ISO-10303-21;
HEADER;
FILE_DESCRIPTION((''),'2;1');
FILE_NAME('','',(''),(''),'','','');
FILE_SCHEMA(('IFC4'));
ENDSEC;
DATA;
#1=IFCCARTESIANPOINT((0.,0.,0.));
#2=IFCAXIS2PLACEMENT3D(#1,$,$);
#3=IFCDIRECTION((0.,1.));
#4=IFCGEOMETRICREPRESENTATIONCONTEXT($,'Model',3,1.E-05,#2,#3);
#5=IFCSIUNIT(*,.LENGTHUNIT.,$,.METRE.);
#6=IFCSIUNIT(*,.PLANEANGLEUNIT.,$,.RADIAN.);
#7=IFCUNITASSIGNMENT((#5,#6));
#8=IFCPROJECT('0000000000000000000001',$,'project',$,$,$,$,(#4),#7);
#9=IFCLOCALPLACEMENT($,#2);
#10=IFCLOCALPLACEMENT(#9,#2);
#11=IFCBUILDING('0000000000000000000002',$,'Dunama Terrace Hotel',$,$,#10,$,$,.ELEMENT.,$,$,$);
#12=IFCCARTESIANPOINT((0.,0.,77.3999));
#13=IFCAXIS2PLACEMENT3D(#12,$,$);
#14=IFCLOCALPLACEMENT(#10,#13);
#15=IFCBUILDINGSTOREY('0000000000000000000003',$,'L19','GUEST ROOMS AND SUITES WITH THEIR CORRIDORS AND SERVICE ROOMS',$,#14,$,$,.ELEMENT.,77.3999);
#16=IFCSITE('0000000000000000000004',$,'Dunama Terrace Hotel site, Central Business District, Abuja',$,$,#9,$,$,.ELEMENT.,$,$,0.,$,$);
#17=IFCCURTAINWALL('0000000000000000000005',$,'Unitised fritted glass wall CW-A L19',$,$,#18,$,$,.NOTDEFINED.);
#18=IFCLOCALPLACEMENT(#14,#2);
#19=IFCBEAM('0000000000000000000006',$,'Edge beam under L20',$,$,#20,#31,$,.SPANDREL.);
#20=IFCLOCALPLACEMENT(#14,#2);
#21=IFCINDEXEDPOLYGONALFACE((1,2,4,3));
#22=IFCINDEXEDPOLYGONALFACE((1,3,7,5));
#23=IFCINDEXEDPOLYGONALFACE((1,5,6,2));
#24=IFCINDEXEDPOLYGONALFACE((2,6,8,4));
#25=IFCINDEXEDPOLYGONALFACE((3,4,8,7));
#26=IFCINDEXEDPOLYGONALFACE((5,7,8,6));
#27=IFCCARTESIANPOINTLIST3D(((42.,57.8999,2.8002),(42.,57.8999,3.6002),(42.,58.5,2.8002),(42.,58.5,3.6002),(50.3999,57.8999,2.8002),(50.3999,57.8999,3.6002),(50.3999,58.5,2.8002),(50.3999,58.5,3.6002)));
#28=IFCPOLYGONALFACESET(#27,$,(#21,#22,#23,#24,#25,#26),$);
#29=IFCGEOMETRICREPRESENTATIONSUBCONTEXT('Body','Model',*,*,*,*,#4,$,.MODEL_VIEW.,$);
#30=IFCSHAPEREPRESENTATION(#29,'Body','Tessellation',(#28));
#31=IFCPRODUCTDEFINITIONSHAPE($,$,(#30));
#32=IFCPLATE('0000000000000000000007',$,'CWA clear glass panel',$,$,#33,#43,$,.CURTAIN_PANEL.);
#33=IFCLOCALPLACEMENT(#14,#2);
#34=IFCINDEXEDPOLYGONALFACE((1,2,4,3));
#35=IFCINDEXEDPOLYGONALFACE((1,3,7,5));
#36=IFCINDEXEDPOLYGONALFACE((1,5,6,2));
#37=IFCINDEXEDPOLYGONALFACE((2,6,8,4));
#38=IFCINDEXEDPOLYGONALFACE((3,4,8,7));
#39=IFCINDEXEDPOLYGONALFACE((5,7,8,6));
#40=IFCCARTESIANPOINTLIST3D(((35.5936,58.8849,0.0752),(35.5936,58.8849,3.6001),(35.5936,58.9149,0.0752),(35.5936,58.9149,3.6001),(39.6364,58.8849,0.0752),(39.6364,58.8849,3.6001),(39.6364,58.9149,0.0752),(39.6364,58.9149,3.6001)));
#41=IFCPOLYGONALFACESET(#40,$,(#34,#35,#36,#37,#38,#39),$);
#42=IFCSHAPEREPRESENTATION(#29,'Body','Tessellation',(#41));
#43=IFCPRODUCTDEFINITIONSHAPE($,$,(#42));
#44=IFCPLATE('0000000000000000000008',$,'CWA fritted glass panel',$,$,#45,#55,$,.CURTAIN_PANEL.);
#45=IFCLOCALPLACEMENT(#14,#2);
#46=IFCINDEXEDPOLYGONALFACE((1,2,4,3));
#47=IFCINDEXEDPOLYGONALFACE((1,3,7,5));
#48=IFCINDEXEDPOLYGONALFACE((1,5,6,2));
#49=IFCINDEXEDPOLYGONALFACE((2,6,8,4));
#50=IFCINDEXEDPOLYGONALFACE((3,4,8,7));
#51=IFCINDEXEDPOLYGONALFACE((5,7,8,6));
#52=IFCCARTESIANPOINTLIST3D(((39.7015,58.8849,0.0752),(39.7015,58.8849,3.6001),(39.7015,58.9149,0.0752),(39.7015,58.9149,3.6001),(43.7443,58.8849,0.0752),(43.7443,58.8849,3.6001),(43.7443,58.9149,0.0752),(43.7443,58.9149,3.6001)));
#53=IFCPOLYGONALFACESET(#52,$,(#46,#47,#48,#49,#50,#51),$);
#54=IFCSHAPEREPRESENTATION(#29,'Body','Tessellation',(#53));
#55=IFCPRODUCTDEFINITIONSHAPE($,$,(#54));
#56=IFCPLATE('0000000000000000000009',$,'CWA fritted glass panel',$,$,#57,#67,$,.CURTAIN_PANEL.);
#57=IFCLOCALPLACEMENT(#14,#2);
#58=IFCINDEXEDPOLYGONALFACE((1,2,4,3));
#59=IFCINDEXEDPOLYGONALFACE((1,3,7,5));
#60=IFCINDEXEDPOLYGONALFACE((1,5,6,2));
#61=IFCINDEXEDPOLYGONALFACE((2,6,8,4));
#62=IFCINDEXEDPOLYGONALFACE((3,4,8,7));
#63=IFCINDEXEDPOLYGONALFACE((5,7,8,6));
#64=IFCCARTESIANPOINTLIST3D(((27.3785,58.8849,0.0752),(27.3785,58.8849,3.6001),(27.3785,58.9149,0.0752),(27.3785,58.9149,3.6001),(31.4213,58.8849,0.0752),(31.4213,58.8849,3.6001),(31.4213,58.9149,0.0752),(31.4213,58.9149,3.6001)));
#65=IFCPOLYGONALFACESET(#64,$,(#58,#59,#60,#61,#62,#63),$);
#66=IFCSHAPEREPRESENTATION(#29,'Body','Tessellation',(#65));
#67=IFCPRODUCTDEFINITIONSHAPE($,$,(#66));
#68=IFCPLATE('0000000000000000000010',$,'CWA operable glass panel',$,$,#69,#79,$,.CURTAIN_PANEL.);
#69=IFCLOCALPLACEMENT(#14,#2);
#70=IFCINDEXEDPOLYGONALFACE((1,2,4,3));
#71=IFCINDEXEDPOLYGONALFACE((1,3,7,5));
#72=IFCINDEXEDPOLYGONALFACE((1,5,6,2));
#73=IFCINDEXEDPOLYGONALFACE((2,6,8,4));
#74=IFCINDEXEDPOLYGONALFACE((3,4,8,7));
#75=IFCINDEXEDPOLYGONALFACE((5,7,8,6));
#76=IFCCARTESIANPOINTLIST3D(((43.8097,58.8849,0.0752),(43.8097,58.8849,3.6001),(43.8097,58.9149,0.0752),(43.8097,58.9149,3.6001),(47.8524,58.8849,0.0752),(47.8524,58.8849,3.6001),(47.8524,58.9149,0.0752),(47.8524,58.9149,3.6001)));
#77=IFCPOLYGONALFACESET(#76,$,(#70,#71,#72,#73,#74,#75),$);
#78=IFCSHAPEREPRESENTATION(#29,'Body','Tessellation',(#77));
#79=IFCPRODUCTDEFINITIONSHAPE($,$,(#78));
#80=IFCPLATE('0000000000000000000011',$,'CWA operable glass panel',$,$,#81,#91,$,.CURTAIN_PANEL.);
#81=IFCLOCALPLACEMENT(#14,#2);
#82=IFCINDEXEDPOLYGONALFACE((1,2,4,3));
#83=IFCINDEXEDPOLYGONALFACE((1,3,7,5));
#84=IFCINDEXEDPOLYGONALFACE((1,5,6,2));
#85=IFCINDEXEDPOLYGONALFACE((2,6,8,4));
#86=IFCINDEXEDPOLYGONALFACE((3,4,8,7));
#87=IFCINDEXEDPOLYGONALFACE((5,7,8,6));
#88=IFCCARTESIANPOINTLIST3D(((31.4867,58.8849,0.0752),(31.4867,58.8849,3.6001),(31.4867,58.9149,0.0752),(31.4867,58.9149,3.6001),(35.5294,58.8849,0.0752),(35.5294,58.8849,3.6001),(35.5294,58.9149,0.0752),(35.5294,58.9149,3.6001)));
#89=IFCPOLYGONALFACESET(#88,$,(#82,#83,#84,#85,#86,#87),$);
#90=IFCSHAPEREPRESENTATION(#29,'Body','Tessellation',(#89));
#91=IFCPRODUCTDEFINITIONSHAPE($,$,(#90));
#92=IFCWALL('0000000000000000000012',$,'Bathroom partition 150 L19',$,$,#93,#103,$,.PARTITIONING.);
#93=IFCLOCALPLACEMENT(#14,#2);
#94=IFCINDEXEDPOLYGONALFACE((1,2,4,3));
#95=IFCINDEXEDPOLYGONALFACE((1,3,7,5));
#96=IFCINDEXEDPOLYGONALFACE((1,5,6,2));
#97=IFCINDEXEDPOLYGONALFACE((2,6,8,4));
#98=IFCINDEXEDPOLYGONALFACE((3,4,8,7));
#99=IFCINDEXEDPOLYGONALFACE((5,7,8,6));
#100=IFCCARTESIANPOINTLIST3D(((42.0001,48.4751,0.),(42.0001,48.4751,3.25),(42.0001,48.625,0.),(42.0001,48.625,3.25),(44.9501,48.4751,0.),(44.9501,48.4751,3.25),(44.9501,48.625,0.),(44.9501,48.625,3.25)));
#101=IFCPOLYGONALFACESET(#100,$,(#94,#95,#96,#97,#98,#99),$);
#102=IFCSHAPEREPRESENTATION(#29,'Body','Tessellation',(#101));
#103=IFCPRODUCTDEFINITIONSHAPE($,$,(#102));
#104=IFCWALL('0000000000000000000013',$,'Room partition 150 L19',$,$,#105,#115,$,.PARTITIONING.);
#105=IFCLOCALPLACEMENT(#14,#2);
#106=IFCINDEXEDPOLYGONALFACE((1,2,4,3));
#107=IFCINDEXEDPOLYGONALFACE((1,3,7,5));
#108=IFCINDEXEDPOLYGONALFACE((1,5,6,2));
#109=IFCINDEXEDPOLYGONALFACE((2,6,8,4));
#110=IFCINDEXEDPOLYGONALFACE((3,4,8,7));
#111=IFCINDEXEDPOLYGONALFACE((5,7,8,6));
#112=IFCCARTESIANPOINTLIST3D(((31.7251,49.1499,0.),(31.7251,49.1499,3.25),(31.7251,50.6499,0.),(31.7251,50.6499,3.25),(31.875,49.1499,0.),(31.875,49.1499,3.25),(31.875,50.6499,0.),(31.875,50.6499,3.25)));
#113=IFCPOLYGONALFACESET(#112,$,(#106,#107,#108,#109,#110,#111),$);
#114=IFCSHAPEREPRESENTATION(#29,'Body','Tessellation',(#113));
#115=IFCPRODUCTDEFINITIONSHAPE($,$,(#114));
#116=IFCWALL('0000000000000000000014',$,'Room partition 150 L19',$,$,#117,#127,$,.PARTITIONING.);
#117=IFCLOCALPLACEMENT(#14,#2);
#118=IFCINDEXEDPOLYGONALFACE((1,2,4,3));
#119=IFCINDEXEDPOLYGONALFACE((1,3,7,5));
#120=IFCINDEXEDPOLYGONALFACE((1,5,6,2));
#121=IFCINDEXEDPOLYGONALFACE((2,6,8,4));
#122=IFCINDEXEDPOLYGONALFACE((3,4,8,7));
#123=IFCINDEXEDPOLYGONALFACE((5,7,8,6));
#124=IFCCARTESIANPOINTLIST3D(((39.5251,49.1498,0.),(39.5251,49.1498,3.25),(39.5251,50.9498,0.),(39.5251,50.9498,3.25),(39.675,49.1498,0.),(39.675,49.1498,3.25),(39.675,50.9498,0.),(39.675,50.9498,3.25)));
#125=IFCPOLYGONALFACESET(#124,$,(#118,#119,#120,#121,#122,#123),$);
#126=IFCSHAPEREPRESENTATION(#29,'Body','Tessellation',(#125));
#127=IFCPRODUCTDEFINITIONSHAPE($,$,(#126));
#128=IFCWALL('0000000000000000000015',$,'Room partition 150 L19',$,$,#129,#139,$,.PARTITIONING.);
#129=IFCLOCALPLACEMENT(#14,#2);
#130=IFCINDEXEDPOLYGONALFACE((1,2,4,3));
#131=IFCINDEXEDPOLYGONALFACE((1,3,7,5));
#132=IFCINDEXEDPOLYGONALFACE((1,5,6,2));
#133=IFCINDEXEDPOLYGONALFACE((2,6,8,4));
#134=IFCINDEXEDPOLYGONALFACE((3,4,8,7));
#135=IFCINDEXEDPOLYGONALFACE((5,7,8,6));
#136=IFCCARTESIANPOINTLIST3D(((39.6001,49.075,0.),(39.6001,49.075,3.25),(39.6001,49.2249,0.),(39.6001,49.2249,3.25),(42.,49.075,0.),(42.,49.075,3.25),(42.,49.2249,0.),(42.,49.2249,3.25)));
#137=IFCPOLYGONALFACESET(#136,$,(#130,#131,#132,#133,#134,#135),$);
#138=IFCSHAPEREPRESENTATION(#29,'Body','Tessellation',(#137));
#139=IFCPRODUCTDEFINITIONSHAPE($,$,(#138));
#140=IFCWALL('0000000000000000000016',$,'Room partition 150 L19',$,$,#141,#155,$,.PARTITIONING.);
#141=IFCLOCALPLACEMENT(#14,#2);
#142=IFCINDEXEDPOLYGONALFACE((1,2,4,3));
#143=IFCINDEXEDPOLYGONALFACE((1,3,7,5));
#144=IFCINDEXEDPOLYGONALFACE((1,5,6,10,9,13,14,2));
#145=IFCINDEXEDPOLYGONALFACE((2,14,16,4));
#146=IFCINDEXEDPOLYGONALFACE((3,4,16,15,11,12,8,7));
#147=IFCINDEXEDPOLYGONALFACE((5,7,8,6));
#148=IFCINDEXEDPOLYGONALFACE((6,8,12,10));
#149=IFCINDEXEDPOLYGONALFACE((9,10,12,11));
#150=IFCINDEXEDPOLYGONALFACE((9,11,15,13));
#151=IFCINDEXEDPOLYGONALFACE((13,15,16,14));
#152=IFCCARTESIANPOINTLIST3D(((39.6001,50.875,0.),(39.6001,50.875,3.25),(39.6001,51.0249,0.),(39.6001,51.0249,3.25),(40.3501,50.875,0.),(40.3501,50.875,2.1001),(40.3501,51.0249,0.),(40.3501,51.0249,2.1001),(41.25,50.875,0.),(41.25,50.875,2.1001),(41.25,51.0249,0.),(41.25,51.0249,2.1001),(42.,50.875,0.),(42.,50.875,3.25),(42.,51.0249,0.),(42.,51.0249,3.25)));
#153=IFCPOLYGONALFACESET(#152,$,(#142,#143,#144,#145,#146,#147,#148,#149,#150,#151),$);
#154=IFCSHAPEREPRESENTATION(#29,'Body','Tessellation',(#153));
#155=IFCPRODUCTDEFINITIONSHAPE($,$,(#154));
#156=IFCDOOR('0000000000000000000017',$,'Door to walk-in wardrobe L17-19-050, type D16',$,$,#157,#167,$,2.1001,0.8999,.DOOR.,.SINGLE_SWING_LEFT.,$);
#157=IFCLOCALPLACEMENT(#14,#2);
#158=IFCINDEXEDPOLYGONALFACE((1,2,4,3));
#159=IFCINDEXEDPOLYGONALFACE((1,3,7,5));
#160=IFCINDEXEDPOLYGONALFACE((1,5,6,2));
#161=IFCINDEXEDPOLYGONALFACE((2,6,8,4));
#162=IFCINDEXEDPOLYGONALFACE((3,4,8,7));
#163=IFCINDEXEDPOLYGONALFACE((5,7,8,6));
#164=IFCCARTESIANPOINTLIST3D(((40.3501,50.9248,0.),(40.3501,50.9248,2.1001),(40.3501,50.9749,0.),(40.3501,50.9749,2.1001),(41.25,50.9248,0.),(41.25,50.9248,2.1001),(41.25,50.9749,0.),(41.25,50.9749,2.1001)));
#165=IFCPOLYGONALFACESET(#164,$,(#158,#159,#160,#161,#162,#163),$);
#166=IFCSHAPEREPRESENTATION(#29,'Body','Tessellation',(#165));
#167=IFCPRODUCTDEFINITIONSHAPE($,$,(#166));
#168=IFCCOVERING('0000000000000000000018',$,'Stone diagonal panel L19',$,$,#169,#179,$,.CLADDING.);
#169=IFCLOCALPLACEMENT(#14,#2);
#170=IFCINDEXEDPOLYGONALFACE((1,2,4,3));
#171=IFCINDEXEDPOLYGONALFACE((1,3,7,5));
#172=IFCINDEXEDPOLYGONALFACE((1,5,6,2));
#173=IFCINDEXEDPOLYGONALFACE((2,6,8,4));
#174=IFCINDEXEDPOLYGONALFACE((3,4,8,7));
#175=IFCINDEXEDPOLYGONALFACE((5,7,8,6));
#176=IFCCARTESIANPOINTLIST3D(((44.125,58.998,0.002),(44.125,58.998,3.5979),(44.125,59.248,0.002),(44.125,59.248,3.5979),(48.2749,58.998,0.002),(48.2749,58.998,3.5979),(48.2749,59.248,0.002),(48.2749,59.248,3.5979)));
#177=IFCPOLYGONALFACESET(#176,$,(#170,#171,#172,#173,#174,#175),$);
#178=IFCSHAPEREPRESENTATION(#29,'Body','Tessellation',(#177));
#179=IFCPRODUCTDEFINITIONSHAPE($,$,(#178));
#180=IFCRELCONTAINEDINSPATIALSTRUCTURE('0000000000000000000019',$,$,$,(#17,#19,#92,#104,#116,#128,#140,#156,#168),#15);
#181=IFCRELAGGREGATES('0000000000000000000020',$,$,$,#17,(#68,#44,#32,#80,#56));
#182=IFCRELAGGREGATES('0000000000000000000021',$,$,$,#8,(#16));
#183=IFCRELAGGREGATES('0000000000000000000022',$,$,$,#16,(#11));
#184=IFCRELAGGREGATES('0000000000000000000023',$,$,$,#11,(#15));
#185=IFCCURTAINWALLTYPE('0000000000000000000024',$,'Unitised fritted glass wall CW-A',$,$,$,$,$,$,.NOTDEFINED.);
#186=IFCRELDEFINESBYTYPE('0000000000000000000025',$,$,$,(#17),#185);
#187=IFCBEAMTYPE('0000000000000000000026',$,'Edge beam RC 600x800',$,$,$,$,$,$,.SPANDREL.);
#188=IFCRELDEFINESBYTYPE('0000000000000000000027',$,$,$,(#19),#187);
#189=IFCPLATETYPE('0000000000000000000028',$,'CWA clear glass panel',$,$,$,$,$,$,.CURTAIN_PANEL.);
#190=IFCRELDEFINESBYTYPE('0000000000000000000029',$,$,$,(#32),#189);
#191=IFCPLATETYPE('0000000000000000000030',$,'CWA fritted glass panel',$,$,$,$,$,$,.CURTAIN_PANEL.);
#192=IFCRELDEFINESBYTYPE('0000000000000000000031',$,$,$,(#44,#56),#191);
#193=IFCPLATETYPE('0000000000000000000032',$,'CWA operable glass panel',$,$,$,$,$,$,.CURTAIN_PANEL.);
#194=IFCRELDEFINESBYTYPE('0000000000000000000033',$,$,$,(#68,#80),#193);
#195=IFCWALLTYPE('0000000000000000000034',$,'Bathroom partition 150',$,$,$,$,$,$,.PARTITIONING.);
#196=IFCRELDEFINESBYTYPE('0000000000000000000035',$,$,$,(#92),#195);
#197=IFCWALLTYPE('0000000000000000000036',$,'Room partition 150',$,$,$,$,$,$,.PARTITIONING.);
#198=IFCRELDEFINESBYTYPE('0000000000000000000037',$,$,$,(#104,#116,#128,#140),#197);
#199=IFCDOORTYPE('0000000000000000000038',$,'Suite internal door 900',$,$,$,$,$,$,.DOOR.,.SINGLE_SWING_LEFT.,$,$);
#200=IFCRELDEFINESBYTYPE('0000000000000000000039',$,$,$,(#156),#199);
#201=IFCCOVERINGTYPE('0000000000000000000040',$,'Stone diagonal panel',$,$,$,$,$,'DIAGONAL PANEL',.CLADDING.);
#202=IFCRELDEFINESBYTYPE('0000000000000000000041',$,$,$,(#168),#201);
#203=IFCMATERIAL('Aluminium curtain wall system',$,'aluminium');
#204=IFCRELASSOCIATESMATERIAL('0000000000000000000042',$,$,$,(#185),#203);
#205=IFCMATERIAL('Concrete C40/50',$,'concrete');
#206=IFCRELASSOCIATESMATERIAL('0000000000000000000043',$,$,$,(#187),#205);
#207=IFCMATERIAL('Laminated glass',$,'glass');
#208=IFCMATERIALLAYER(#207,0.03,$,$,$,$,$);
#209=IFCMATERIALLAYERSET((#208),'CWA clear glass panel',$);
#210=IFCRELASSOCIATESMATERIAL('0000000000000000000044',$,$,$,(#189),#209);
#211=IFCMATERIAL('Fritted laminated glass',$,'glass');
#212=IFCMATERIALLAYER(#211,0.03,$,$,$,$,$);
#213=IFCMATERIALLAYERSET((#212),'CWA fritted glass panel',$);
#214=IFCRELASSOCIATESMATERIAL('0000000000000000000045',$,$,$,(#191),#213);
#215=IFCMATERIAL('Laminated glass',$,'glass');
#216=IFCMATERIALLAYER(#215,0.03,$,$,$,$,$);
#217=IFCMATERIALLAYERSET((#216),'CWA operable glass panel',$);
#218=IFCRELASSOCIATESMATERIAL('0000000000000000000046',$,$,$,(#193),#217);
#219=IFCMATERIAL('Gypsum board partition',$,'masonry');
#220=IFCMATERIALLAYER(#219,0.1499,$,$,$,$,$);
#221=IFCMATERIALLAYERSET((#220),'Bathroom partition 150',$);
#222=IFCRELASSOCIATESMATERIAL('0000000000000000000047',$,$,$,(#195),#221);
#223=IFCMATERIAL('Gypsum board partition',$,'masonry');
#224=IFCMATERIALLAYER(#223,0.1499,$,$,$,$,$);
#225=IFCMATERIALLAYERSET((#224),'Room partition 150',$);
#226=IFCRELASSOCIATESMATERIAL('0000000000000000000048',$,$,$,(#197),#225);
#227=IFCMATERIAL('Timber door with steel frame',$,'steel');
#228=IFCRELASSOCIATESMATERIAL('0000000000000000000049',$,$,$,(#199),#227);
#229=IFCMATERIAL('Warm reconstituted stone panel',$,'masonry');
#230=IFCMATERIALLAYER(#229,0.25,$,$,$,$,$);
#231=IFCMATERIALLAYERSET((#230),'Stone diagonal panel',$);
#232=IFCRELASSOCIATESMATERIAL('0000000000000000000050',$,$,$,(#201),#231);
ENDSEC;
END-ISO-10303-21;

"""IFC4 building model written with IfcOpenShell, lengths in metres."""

from ifc_helpers import new_model, si_unit, direction, frame, frame_2d, origin, origin_2d, place, context, subcontext, project, spatial, rectangle, extrude, material, layer, layer_set, material_profile, profile_set, type_object, element, fill, aggregate, save


model = new_model("IFC4")

# Units and contexts
model_context = context("Model", 3, precision=1e-05, world=origin(), true_north=direction((0.0, 1.0)))
body_context = subcontext(model_context, "Body", "Model", "MODEL_VIEW")
ifc_project = project(units=[si_unit("LENGTHUNIT", "METRE"), si_unit("PLANEANGLEUNIT", "RADIAN")], contexts=[model_context])

# Site, building, storey
site_placement = place(None, origin())
site = spatial("IfcSite", under=ifc_project, at=site_placement, Name="Dunama Terrace Hotel site, Central Business District, Abuja", CompositionType="ELEMENT", RefElevation=0.0)
building_placement = place(site_placement, origin())
building = spatial("IfcBuilding", under=site, at=building_placement, Name="Dunama Terrace Hotel", CompositionType="ELEMENT")
storey_placement = place(building_placement, frame((0.0, 0.0, 77.3999)))
storey = spatial("IfcBuildingStorey", under=building, at=storey_placement, Name="L19", Description="GUEST ROOMS AND SUITES WITH THEIR CORRIDORS AND SERVICE ROOMS", CompositionType="ELEMENT", Elevation=77.3999)

# Curtain wall
ifc_material_1 = material(Name="Aluminium curtain wall system", Category="aluminium")
curtain_wall_type = type_object("IfcCurtainWallType", Name="Unitised fritted glass wall CW-A", PredefinedType="NOTDEFINED", material=ifc_material_1)
curtain_wall_placement = place(storey_placement, origin())
curtain_wall = element("IfcCurtainWall", 1, at=curtain_wall_placement, inside=storey, type_object=curtain_wall_type, Name="Unitised fritted glass wall CW-A L19", PredefinedType="NOTDEFINED")

# Beam
ifc_material_2 = material(Name="Concrete C40/50", Category="concrete")
ifc_material_profile_1 = material_profile(ifc_material_2, rectangle(XDim=0.6001, YDim=0.8, at=origin_2d()), Name="RC 600x800")
ifc_profile_set_1 = profile_set([ifc_material_profile_1], Name="Concrete C40/50")
beam_type = type_object("IfcBeamType", Name="Edge beam RC 600x800", PredefinedType="SPANDREL", material=ifc_profile_set_1)
for number, where, z_axis, x_axis, name in (
    (2, (42.0, 58.2, 3.2002), (1.0, 0.0, 0.0), (0.0, 1.0, 0.0), "Edge beam under L20"),
):
    element("IfcBeam", number, at=place(storey_placement, frame(where, z_axis=z_axis, x_axis=x_axis)), inside=storey, type_object=beam_type, Name=name, PredefinedType="SPANDREL", context=body_context, shape_type="SweptSolid", body=[
        extrude(rectangle(XDim=0.6001, YDim=0.8, at=origin_2d()), origin(), (0.0, 0.0, 1.0), 8.3999),
    ])

# Plates
ifc_material_3 = material(Name="Laminated glass", Category="glass")
ifc_layer_1 = layer(ifc_material_3, 0.03)
ifc_layer_set_1 = layer_set([ifc_layer_1], Name="CWA clear glass panel")
plate_type_1 = type_object("IfcPlateType", Name="CWA clear glass panel", PredefinedType="CURTAIN_PANEL", material=ifc_layer_set_1)
plate_1_placement = place(storey_placement, frame((37.615, 58.8999, 0.0752), z_axis=(0.0, 0.0, 1.0), x_axis=(-1.0, 0.0, 0.0)))
plate_1 = element("IfcPlate", 3, at=plate_1_placement, type_object=plate_type_1, Name="CWA clear glass panel", PredefinedType="CURTAIN_PANEL", context=body_context, shape_type="SweptSolid", body=[
    extrude(rectangle(XDim=4.0427, YDim=0.03, at=origin_2d()), origin(), (0.0, 0.0, 1.0), 3.5249),
])
ifc_material_4 = material(Name="Fritted laminated glass", Category="glass")
ifc_layer_2 = layer(ifc_material_4, 0.03)
ifc_layer_set_2 = layer_set([ifc_layer_2], Name="CWA fritted glass panel")
plate_type_2 = type_object("IfcPlateType", Name="CWA fritted glass panel", PredefinedType="CURTAIN_PANEL", material=ifc_layer_set_2)
plate_2_placement = place(storey_placement, frame((41.7229, 58.8999, 0.0752), z_axis=(0.0, 0.0, 1.0), x_axis=(-1.0, 0.0, 0.0)))
plate_2 = element("IfcPlate", 4, at=plate_2_placement, type_object=plate_type_2, Name="CWA fritted glass panel", PredefinedType="CURTAIN_PANEL", context=body_context, shape_type="SweptSolid", body=[
    extrude(rectangle(XDim=4.0427, YDim=0.03, at=origin_2d()), origin(), (0.0, 0.0, 1.0), 3.5249),
])
plate_3_placement = place(storey_placement, frame((29.3999, 58.8999, 0.0752), z_axis=(0.0, 0.0, 1.0), x_axis=(-1.0, 0.0, 0.0)))
plate_3 = element("IfcPlate", 5, at=plate_3_placement, type_object=plate_type_2, Name="CWA fritted glass panel", PredefinedType="CURTAIN_PANEL", context=body_context, shape_type="SweptSolid", body=[
    extrude(rectangle(XDim=4.0427, YDim=0.03, at=origin_2d()), origin(), (0.0, 0.0, 1.0), 3.5249),
])
ifc_material_5 = material(Name="Laminated glass", Category="glass")
ifc_layer_3 = layer(ifc_material_5, 0.03)
ifc_layer_set_3 = layer_set([ifc_layer_3], Name="CWA operable glass panel")
plate_type_3 = type_object("IfcPlateType", Name="CWA operable glass panel", PredefinedType="CURTAIN_PANEL", material=ifc_layer_set_3)
plate_4_placement = place(storey_placement, frame((45.8311, 58.8999, 0.0752), z_axis=(0.0, 0.0, 1.0), x_axis=(-1.0, 0.0, 0.0)))
plate_4 = element("IfcPlate", 6, at=plate_4_placement, type_object=plate_type_3, Name="CWA operable glass panel", PredefinedType="CURTAIN_PANEL", context=body_context, shape_type="SweptSolid", body=[
    extrude(rectangle(XDim=4.0427, YDim=0.03, at=origin_2d()), origin(), (0.0, 0.0, 1.0), 3.5249),
])
plate_5_placement = place(storey_placement, frame((33.5081, 58.8999, 0.0752), z_axis=(0.0, 0.0, 1.0), x_axis=(-1.0, 0.0, 0.0)))
plate_5 = element("IfcPlate", 7, at=plate_5_placement, type_object=plate_type_3, Name="CWA operable glass panel", PredefinedType="CURTAIN_PANEL", context=body_context, shape_type="SweptSolid", body=[
    extrude(rectangle(XDim=4.0427, YDim=0.03, at=origin_2d()), origin(), (0.0, 0.0, 1.0), 3.5249),
])
aggregate(curtain_wall, [plate_4, plate_2, plate_1, plate_5, plate_3])

# Walls
ifc_material_6 = material(Name="Gypsum board partition", Category="masonry")
ifc_layer_4 = layer(ifc_material_6, 0.1499)
ifc_layer_set_4 = layer_set([ifc_layer_4], Name="Bathroom partition 150")
wall_type_1 = type_object("IfcWallType", Name="Bathroom partition 150", PredefinedType="PARTITIONING", material=ifc_layer_set_4)
wall_1_placement = place(storey_placement, frame((42.0, 48.55, 0.0), z_axis=(0.0, 0.0, 1.0), x_axis=(1.0, 0.0, 0.0)))
element("IfcWall", 8, at=wall_1_placement, inside=storey, type_object=wall_type_1, Name="Bathroom partition 150 L19", PredefinedType="PARTITIONING", context=body_context, shape_type="SweptSolid", body=[
    extrude(rectangle(XDim=2.95, YDim=0.1499, at=frame_2d((1.4751, 0.0))), origin(), (0.0, 0.0, 1.0), 3.25),
])
ifc_material_7 = material(Name="Gypsum board partition", Category="masonry")
ifc_layer_5 = layer(ifc_material_7, 0.1499)
ifc_layer_set_5 = layer_set([ifc_layer_5], Name="Room partition 150")
wall_type_2 = type_object("IfcWallType", Name="Room partition 150", PredefinedType="PARTITIONING", material=ifc_layer_set_5)
wall_2_placement = place(storey_placement, frame((31.8, 49.1499, 0.0), z_axis=(0.0, 0.0, 1.0), x_axis=(0.0, 1.0, 0.0)))
element("IfcWall", 9, at=wall_2_placement, inside=storey, type_object=wall_type_2, Name="Room partition 150 L19", PredefinedType="PARTITIONING", context=body_context, shape_type="SweptSolid", body=[
    extrude(rectangle(XDim=1.5, YDim=0.1499, at=frame_2d((0.75, 0.0))), origin(), (0.0, 0.0, 1.0), 3.25),
])
wall_3_placement = place(storey_placement, frame((39.6001, 49.1499, 0.0), z_axis=(0.0, 0.0, 1.0), x_axis=(0.0, 1.0, 0.0)))
element("IfcWall", 10, at=wall_3_placement, inside=storey, type_object=wall_type_2, Name="Room partition 150 L19", PredefinedType="PARTITIONING", context=body_context, shape_type="SweptSolid", body=[
    extrude(rectangle(XDim=1.8, YDim=0.1499, at=frame_2d((0.8999, 0.0))), origin(), (0.0, 0.0, 1.0), 3.25),
])
wall_4_placement = place(storey_placement, frame((39.6001, 49.1499, 0.0), z_axis=(0.0, 0.0, 1.0), x_axis=(1.0, 0.0, 0.0)))
element("IfcWall", 11, at=wall_4_placement, inside=storey, type_object=wall_type_2, Name="Room partition 150 L19", PredefinedType="PARTITIONING", context=body_context, shape_type="SweptSolid", body=[
    extrude(rectangle(XDim=2.3999, YDim=0.1499, at=frame_2d((1.2, 0.0))), origin(), (0.0, 0.0, 1.0), 3.25),
])

# Wall, opening, door
wall_5_placement = place(storey_placement, frame((39.6001, 50.95, 0.0), z_axis=(0.0, 0.0, 1.0), x_axis=(1.0, 0.0, 0.0)))
wall_5 = element("IfcWall", 12, at=wall_5_placement, inside=storey, type_object=wall_type_2, Name="Room partition 150 L19", PredefinedType="PARTITIONING", context=body_context, shape_type="SweptSolid", body=[
    extrude(rectangle(XDim=2.3999, YDim=0.1499, at=frame_2d((1.2, 0.0))), origin(), (0.0, 0.0, 1.0), 3.25),
])
opening_placement = place(wall_5_placement, frame((0.75, 0.0, 0.0)))
opening = element("IfcOpeningElement", 13, at=opening_placement, cuts=wall_5, PredefinedType="OPENING", context=body_context, shape_type="SweptSolid", body=[
    extrude(rectangle(XDim=0.8999, YDim=2.1001, at=frame_2d((0.45, 1.05))), frame((0.0, 0.085, 0.0), z_axis=(0.0, -1.0, 0.0), x_axis=(1.0, 0.0, 0.0)), (0.0, 0.0, 1.0), 0.1699),
])
ifc_material_8 = material(Name="Timber door with steel frame", Category="steel")
door_type = type_object("IfcDoorType", Name="Suite internal door 900", OperationType="SINGLE_SWING_LEFT", PredefinedType="DOOR", material=ifc_material_8)
door_placement = place(opening_placement, frame((0.8999, 0.0, 0.0), z_axis=(0.0, 0.0, 1.0), x_axis=(-1.0, 0.0, 0.0)))
door = element("IfcDoor", 14, at=door_placement, inside=storey, type_object=door_type, Name="Door to walk-in wardrobe L17-19-050, type D16", OperationType="SINGLE_SWING_LEFT", OverallHeight=2.1001, OverallWidth=0.8999, PredefinedType="DOOR", context=body_context, shape_type="SweptSolid", body=[
    extrude(rectangle(XDim=0.8999, YDim=2.1001, at=frame_2d((0.45, 1.05))), frame((0.0, 0.0251, 0.0), z_axis=(0.0, -1.0, 0.0), x_axis=(1.0, 0.0, 0.0)), (0.0, 0.0, 1.0), 0.05),
])
fill(opening, door)

# Covering
ifc_material_9 = material(Name="Warm reconstituted stone panel", Category="masonry")
ifc_layer_6 = layer(ifc_material_9, 0.25)
ifc_layer_set_6 = layer_set([ifc_layer_6], Name="Stone diagonal panel")
covering_type = type_object("IfcCoveringType", Name="Stone diagonal panel", ElementType="DIAGONAL PANEL", PredefinedType="CLADDING", material=ifc_layer_set_6)
for number, where, z_axis, x_axis, name in (
    (15, (46.2, 59.123, 0.002), (0.0, 0.0, 1.0), (-1.0, 0.0, 0.0), "Stone diagonal panel L19"),
):
    element("IfcCovering", number, at=place(storey_placement, frame(where, z_axis=z_axis, x_axis=x_axis)), inside=storey, type_object=covering_type, Name=name, PredefinedType="CLADDING", context=body_context, shape_type="SweptSolid", body=[
        extrude(rectangle(XDim=4.1499, YDim=0.25, at=origin_2d()), origin(), (0.0, 0.0, 1.0), 3.5959),
    ])

save(model, "model.ifc")
